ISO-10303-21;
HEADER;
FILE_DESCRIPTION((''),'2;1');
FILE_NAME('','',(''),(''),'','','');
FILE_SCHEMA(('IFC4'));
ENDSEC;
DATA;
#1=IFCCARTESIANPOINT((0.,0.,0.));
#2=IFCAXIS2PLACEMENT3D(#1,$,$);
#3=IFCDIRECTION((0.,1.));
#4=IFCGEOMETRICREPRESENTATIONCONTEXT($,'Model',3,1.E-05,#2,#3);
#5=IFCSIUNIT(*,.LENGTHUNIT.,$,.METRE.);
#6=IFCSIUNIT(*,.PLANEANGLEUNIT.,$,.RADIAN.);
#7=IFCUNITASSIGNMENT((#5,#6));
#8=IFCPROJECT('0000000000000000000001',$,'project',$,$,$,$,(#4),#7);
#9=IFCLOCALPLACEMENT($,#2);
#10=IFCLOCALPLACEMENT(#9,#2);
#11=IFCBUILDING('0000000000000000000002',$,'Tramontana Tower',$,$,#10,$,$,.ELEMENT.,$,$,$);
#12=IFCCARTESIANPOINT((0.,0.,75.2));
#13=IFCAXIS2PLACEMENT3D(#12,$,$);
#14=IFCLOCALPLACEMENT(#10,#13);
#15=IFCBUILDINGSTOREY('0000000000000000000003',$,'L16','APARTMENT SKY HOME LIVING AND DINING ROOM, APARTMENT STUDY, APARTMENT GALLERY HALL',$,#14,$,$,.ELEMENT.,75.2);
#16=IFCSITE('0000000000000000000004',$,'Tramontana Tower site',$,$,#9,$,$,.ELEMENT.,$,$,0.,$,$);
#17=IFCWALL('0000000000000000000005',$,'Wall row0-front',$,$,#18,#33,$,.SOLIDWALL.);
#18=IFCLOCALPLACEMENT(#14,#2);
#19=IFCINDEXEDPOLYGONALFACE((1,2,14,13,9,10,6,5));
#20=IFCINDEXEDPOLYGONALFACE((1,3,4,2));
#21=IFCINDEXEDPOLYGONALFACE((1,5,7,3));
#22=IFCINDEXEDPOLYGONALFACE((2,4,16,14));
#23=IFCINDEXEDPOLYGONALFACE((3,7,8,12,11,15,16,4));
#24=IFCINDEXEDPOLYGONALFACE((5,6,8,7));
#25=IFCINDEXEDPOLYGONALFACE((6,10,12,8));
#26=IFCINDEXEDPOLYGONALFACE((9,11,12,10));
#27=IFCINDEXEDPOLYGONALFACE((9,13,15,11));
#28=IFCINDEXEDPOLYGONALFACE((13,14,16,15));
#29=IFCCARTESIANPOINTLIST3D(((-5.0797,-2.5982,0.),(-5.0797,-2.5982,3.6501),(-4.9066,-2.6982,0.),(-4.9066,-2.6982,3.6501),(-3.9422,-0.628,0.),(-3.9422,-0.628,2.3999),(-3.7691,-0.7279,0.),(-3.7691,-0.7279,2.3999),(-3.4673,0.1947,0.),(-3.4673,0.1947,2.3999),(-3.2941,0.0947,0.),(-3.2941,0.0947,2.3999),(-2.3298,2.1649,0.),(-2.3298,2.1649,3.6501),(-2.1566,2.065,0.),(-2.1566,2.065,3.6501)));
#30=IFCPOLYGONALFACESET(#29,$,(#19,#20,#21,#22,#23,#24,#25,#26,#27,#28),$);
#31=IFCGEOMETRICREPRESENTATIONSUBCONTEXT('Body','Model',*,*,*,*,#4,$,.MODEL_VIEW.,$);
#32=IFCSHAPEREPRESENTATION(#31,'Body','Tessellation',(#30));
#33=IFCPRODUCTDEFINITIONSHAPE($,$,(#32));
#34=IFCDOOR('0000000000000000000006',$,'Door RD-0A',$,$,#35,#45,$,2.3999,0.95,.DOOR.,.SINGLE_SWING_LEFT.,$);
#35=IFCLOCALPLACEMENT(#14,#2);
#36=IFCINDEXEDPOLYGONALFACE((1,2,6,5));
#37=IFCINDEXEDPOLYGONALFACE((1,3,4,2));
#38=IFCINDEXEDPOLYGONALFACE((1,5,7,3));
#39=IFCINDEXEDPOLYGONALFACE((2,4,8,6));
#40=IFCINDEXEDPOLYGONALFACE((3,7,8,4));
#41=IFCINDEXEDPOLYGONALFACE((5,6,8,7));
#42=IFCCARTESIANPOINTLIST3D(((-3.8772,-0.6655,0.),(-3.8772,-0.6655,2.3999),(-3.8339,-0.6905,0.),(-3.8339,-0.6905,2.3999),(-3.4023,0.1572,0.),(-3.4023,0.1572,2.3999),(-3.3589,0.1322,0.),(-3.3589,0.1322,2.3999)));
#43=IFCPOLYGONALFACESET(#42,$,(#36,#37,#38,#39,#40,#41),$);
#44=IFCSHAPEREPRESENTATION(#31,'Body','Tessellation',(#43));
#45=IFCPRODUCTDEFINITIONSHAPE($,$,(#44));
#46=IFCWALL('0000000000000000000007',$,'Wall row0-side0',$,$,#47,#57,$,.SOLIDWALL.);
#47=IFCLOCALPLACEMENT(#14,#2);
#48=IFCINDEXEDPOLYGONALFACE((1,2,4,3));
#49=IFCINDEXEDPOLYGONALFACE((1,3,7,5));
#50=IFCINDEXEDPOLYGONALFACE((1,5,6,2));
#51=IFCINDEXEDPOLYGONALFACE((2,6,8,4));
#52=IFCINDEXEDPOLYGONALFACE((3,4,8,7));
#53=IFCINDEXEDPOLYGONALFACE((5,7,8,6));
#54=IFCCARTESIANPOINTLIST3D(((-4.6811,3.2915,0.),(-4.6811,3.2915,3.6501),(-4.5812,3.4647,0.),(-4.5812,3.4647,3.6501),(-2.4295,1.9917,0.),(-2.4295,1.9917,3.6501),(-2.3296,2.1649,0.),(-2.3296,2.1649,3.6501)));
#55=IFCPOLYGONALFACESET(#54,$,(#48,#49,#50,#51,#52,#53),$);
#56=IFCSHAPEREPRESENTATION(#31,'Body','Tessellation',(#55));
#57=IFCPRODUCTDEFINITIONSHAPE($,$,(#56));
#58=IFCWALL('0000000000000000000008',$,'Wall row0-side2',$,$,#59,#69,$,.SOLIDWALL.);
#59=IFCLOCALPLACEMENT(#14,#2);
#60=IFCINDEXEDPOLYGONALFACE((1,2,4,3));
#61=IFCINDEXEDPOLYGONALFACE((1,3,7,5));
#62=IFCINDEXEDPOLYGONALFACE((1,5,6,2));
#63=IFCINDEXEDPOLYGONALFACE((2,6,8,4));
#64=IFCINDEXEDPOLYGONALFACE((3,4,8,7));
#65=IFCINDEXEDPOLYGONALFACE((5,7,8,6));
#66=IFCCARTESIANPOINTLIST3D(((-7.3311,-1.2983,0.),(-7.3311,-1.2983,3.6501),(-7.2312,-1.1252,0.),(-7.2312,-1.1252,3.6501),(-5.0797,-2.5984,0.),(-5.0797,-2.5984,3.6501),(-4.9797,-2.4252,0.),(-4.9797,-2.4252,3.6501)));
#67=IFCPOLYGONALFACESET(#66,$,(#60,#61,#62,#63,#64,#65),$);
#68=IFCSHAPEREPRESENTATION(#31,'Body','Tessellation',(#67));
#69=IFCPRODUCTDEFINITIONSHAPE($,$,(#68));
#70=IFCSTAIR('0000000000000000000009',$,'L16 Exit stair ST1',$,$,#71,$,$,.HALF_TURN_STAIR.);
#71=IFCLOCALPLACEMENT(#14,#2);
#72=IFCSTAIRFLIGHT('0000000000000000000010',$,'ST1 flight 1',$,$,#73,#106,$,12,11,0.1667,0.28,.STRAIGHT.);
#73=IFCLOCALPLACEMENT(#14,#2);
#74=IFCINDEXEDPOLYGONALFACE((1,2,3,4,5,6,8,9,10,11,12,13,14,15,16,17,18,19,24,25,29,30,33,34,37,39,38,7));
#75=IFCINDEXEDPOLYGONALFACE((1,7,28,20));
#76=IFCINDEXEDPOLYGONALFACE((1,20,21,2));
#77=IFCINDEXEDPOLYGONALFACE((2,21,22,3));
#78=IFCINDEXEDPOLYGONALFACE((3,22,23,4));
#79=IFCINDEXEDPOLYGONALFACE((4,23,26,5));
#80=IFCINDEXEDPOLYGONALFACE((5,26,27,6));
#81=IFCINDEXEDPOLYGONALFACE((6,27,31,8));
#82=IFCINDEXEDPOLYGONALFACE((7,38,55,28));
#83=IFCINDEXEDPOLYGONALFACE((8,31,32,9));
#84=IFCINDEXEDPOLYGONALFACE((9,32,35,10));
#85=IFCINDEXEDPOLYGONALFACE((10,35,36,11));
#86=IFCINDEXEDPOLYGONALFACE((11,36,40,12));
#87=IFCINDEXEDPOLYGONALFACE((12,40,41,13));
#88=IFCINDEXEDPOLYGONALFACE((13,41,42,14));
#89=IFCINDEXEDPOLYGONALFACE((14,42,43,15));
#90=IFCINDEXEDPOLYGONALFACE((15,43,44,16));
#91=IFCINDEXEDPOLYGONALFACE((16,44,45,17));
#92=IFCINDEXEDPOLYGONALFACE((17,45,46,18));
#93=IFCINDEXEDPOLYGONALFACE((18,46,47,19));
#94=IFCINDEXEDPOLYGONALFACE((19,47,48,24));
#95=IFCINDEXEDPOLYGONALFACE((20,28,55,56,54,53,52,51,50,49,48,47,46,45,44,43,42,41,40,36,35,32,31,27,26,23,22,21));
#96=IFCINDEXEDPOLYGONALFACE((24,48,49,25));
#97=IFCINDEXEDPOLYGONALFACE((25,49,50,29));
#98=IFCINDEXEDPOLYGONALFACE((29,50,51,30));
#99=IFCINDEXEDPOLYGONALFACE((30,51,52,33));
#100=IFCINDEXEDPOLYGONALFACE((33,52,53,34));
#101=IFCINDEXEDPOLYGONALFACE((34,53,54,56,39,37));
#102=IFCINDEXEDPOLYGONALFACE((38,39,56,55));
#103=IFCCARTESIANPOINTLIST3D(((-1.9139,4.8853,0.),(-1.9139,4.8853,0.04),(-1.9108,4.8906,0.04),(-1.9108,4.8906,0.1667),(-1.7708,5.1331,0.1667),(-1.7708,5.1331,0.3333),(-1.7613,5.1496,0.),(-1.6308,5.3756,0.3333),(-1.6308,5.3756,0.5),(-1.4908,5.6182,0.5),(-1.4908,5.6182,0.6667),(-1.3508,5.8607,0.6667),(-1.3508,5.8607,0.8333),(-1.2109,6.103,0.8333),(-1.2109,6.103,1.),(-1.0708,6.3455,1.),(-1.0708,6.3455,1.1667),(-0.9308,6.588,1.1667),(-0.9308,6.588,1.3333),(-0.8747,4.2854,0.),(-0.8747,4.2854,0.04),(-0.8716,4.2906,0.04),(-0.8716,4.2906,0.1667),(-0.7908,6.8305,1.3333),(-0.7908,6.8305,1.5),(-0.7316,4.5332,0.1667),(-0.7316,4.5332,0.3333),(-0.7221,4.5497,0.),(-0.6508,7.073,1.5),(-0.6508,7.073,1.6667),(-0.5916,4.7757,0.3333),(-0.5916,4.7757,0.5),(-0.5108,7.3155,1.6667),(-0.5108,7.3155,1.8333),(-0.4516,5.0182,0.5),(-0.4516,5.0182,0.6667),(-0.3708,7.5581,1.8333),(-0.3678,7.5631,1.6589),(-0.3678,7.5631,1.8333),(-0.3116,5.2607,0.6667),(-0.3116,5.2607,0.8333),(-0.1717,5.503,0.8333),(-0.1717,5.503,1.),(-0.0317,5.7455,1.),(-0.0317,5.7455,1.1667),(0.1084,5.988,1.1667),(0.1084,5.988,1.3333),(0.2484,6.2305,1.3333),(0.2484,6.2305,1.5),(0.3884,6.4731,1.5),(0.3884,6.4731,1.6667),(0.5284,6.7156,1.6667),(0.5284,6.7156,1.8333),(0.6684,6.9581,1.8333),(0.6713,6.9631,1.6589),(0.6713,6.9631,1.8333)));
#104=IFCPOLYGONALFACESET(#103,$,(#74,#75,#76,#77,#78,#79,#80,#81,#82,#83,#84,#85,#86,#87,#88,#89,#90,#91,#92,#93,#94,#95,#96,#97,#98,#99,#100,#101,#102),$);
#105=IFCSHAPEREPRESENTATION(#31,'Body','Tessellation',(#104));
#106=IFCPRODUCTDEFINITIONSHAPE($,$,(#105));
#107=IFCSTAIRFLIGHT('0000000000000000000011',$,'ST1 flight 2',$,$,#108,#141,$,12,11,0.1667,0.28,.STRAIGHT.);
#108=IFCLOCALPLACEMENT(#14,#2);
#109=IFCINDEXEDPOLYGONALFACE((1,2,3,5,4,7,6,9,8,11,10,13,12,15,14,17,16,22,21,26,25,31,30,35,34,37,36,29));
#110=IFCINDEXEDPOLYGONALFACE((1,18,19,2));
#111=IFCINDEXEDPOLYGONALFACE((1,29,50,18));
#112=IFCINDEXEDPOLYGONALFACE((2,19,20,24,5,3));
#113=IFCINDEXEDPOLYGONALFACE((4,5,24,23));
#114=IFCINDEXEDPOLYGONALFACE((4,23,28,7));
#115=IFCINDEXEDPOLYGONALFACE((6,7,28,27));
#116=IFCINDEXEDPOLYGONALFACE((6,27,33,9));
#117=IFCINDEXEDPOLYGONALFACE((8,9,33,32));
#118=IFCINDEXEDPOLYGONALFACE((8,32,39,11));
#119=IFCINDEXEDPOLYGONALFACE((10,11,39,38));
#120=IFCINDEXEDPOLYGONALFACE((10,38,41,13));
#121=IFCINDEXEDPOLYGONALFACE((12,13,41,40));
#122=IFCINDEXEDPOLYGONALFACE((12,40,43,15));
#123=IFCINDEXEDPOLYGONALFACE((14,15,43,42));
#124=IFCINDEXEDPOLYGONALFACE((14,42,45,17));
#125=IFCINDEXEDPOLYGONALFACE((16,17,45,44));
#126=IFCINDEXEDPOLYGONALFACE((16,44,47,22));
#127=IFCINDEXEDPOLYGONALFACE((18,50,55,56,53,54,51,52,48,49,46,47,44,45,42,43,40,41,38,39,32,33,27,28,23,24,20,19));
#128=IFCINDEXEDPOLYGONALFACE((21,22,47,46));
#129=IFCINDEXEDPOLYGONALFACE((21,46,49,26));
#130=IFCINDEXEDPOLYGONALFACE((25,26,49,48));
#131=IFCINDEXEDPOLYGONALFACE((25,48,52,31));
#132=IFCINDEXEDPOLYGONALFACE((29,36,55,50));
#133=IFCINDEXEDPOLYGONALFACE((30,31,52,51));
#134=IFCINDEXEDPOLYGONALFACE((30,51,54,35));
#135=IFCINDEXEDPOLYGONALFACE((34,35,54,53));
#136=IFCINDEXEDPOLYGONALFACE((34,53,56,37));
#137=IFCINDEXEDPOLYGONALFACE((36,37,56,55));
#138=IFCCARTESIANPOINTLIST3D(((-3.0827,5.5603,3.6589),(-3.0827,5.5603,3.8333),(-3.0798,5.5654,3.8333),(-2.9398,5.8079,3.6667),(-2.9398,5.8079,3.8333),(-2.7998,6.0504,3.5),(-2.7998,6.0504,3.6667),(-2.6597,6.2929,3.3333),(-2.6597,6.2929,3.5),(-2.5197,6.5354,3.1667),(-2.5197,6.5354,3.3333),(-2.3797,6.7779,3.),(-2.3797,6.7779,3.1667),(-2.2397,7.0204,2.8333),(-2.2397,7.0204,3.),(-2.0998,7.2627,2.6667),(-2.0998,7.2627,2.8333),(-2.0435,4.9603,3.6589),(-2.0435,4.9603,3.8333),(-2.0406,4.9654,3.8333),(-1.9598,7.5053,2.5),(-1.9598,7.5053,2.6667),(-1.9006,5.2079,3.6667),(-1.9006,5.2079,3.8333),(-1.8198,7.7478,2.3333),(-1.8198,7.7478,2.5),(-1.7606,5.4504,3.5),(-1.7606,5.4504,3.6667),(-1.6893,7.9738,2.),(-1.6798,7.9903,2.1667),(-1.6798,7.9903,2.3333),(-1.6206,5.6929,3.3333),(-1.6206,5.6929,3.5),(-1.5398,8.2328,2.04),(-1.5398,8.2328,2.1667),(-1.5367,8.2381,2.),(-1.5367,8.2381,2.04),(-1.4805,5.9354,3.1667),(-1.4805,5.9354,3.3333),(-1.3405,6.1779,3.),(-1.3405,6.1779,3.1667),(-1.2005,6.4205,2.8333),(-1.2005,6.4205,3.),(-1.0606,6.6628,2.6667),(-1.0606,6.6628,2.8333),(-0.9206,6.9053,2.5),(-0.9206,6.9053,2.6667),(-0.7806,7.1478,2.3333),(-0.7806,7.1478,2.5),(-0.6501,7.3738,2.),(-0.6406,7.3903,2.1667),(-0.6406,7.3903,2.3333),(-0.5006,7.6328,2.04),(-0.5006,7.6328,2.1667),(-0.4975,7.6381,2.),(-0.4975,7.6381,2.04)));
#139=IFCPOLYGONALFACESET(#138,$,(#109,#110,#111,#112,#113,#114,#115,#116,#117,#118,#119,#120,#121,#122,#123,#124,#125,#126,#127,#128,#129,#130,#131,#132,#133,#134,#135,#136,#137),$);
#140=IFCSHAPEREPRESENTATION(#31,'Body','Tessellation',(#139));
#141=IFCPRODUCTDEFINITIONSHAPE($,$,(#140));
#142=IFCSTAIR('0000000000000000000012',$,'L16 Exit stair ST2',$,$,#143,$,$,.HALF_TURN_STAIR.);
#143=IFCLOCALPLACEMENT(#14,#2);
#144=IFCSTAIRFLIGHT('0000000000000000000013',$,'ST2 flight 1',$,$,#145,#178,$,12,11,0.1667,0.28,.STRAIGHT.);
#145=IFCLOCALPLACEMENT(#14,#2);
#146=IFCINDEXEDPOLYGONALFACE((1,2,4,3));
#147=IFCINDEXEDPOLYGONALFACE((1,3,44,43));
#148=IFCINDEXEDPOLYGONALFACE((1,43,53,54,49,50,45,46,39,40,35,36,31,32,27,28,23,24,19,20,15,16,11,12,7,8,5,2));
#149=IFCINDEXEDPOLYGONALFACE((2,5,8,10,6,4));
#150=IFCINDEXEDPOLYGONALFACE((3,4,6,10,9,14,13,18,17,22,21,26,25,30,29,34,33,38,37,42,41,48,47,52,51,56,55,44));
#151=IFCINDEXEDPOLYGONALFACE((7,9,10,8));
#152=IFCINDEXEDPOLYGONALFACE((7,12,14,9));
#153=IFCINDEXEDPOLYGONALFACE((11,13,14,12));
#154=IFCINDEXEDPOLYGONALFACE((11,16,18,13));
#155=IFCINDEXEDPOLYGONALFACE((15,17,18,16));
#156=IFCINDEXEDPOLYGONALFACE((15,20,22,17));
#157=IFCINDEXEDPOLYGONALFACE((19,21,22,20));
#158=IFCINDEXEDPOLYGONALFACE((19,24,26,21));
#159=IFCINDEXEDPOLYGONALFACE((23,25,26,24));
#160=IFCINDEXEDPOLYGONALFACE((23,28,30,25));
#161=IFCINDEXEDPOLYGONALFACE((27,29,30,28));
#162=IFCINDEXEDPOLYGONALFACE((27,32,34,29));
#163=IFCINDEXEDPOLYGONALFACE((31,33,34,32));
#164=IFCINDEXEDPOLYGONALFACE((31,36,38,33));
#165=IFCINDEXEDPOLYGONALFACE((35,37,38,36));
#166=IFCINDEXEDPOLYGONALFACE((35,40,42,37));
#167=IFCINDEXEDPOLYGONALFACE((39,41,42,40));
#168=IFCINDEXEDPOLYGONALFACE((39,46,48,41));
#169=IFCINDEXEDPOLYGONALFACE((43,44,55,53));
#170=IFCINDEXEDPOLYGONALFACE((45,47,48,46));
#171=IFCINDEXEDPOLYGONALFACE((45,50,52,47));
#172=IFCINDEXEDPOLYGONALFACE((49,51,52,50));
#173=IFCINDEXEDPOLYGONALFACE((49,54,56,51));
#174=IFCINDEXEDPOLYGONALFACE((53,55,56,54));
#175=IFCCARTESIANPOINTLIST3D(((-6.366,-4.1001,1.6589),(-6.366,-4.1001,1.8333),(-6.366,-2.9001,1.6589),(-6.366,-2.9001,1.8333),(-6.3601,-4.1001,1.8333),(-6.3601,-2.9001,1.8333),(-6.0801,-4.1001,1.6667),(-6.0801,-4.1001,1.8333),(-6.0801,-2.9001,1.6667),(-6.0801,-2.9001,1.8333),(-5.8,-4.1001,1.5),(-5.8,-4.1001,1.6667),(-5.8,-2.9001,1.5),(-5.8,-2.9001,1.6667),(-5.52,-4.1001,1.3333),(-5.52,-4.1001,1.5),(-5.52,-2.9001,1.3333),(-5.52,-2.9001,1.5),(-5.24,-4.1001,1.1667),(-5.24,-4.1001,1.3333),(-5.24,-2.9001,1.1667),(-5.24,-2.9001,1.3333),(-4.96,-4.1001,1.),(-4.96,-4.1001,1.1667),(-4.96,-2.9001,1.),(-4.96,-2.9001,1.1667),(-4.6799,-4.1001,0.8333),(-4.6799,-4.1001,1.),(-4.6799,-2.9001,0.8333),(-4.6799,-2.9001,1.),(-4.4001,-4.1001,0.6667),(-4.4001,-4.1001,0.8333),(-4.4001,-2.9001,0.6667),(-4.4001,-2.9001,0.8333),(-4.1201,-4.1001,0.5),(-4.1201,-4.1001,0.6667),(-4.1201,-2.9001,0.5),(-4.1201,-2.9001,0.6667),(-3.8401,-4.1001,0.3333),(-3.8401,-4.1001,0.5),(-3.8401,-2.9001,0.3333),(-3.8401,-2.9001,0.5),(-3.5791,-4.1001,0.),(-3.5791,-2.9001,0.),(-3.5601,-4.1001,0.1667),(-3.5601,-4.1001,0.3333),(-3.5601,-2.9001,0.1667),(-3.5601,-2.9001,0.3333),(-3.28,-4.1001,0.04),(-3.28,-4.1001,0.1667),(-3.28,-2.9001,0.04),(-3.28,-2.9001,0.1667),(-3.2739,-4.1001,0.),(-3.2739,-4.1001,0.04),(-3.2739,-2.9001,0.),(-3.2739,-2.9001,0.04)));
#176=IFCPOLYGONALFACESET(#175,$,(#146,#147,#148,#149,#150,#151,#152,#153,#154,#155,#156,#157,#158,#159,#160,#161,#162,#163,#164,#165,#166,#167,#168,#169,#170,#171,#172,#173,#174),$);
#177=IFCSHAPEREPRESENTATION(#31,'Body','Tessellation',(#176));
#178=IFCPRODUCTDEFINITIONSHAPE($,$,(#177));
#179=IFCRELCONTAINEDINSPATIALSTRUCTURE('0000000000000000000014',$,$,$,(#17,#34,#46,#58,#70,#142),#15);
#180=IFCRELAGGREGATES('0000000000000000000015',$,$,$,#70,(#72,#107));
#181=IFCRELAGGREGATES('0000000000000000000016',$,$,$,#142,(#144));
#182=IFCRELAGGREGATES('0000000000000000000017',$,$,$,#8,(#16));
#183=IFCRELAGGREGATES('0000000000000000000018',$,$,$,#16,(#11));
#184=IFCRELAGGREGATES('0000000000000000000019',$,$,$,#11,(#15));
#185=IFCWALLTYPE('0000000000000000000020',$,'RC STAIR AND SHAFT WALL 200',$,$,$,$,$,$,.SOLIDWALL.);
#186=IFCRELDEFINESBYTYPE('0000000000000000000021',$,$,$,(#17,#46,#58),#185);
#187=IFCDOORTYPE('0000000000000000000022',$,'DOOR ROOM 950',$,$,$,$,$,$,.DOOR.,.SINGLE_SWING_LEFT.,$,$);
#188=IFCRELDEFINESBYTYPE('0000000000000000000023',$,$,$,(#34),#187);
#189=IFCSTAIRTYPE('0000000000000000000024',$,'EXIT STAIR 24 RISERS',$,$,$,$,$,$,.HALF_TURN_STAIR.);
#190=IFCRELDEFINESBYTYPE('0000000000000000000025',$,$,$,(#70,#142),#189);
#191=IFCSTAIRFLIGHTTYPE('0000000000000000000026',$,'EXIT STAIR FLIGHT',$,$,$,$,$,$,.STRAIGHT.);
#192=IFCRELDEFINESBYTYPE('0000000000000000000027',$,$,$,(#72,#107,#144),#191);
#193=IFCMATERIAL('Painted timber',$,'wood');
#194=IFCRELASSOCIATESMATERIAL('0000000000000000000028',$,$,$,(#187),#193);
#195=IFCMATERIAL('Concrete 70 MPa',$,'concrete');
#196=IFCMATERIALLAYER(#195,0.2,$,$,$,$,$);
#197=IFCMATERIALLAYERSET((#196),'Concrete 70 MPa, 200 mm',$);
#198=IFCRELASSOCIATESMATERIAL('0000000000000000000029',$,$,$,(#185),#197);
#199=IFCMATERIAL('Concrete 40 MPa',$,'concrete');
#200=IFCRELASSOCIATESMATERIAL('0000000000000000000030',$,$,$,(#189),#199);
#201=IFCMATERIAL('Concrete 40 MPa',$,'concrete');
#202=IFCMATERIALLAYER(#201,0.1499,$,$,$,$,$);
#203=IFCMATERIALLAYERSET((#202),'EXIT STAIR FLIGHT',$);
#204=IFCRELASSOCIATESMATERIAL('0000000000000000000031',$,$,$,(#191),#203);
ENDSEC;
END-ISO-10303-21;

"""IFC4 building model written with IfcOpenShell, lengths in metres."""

from ifc_helpers import new_model, si_unit, direction, frame, frame_2d, origin, place, context, subcontext, project, spatial, polyline, rectangle, outline, extrude, material, layer, layer_set, type_object, element, fill, aggregate, save


model = new_model("IFC4")

# Units and contexts
model_context = context("Model", 3, precision=1e-05, world=origin(), true_north=direction((0.0, 1.0)))
body_context = subcontext(model_context, "Body", "Model", "MODEL_VIEW")
ifc_project = project(units=[si_unit("LENGTHUNIT", "METRE"), si_unit("PLANEANGLEUNIT", "RADIAN")], contexts=[model_context])

# Site, building, storey
site_placement = place(None, origin())
site = spatial("IfcSite", under=ifc_project, at=site_placement, Name="Tramontana Tower site", CompositionType="ELEMENT", RefElevation=0.0)
building_placement = place(site_placement, origin())
building = spatial("IfcBuilding", under=site, at=building_placement, Name="Tramontana Tower", CompositionType="ELEMENT")
storey_placement = place(building_placement, frame((0.0, 0.0, 75.2)))
storey = spatial("IfcBuildingStorey", under=building, at=storey_placement, Name="L16", Description="APARTMENT SKY HOME LIVING AND DINING ROOM, APARTMENT STUDY, APARTMENT GALLERY HALL", CompositionType="ELEMENT", Elevation=75.2)

# Shared definitions
ifc_material_1 = material(Name="Painted timber", Category="wood")
door_type_1 = type_object("IfcDoorType", Name="DOOR ROOM 950", OperationType="SINGLE_SWING_LEFT", PredefinedType="DOOR", material=ifc_material_1)

# Shared definitions
ifc_material_2 = material(Name="Concrete 70 MPa", Category="concrete")
ifc_layer_1 = layer(ifc_material_2, 0.2)
ifc_layer_set_1 = layer_set([ifc_layer_1], Name="Concrete 70 MPa, 200 mm")
wall_type_1 = type_object("IfcWallType", Name="RC STAIR AND SHAFT WALL 200", PredefinedType="SOLIDWALL", material=ifc_layer_set_1)

# Wall, opening, door
wall_1_placement = place(storey_placement, frame((-4.9932, -2.6482, 0.0), z_axis=(0.0, 0.0, 1.0), x_axis=(0.499997, 0.866027, 0.0)))
wall_1 = element("IfcWall", 1, at=wall_1_placement, inside=storey, type_object=wall_type_1, Name="Wall row0-front", PredefinedType="SOLIDWALL", context=body_context, shape_type="SweptSolid", body=[
    extrude(rectangle(XDim=5.5, YDim=0.2, at=frame_2d((2.75, 0.0))), origin(), (0.0, 0.0, 1.0), 3.6501),
])
opening_1_placement = place(wall_1_placement, frame((2.2749, 0.0, 0.0)))
opening_1 = element("IfcOpeningElement", 2, at=opening_1_placement, cuts=wall_1, PredefinedType="OPENING", context=body_context, shape_type="SweptSolid", body=[
    extrude(rectangle(XDim=0.95, YDim=2.3999, at=frame_2d((0.4751, 1.2))), frame((0.0, 0.1099, 0.0), z_axis=(0.0, -1.0, 0.0), x_axis=(1.0, 0.0, 0.0)), (0.0, 0.0, 1.0), 0.22),
])
door_1_placement = place(opening_1_placement, origin())
door_1 = element("IfcDoor", 3, at=door_1_placement, inside=storey, type_object=door_type_1, Name="Door RD-0A", OperationType="SINGLE_SWING_LEFT", OverallHeight=2.3999, OverallWidth=0.95, PredefinedType="DOOR", context=body_context, shape_type="SweptSolid", body=[
    extrude(rectangle(XDim=0.95, YDim=2.3999, at=frame_2d((0.4751, 1.2))), frame((0.0, 0.0249, 0.0), z_axis=(0.0, -1.0, 0.0), x_axis=(1.0, 0.0, 0.0)), (0.0, 0.0, 1.0), 0.05),
])
fill(opening_1, door_1)

# Walls
for number, where, z_axis, x_axis, name in (
    (4, (-2.3796, 2.0784, 0.0), (0.0, 0.0, 1.0), (-0.866062, 0.499937, 0.0), "Wall row0-side0"),
    (5, (-5.0298, -2.5117, 0.0), (0.0, 0.0, 1.0), (-0.865998, 0.500048, 0.0), "Wall row0-side2"),
):
    element("IfcWall", number, at=place(storey_placement, frame(where, z_axis=z_axis, x_axis=x_axis)), inside=storey, type_object=wall_type_1, Name=name, PredefinedType="SOLIDWALL", context=body_context, shape_type="SweptSolid", body=[
        extrude(rectangle(XDim=2.5999, YDim=0.2, at=frame_2d((1.2998, 0.0))), origin(), (0.0, 0.0, 1.0), 3.6501),
    ])

# Stair, stair flights
ifc_material_3 = material(Name="Concrete 40 MPa", Category="concrete")
stair_type = type_object("IfcStairType", Name="EXIT STAIR 24 RISERS", PredefinedType="HALF_TURN_STAIR", material=ifc_material_3)
stair_1_placement = place(storey_placement, origin())
stair_1 = element("IfcStair", 6, at=stair_1_placement, inside=storey, type_object=stair_type, Name="L16 Exit stair ST1", PredefinedType="HALF_TURN_STAIR")
ifc_material_4 = material(Name="Concrete 40 MPa", Category="concrete")
ifc_layer_2 = layer(ifc_material_4, 0.1499)
ifc_layer_set_2 = layer_set([ifc_layer_2], Name="EXIT STAIR FLIGHT")
stair_flight_type = type_object("IfcStairFlightType", Name="EXIT STAIR FLIGHT", PredefinedType="STRAIGHT", material=ifc_layer_set_2)
stair_flight_1_placement = place(storey_placement, frame((-1.3911, 4.5906, 0.0), z_axis=(0.0, 0.0, 1.0), x_axis=(0.5, 0.866025, 0.0)))
stair_flight_1 = element("IfcStairFlight", 7, at=stair_flight_1_placement, type_object=stair_flight_type, Name="ST1 flight 1", NumberOfRisers=12, NumberOfTreads=11, PredefinedType="STRAIGHT", RiserHeight=0.1667, TreadLength=0.28, context=body_context, shape_type="SweptSolid", body=[
    extrude(outline(polyline([(-0.0061, 0.0), (-0.0061, 0.04), (0.0, 0.04), (0.0, 0.1667), (0.28, 0.1667), (0.28, 0.3333), (0.5601, 0.3333), (0.5601, 0.5), (0.8401, 0.5), (0.8401, 0.6667), (1.1201, 0.6667), (1.1201, 0.8333), (1.3999, 0.8333), (1.3999, 1.0), (1.6799, 1.0), (1.6799, 1.1667), (1.96, 1.1667), (1.96, 1.3333), (2.24, 1.3333), (2.24, 1.5), (2.52, 1.5), (2.52, 1.6667), (2.8, 1.6667), (2.8, 1.8333), (3.0801, 1.8333), (3.0859, 1.8333), (3.0859, 1.6589), (0.2991, 0.0), (-0.0061, 0.0)])), frame((0.0, 0.6001, 0.0), z_axis=(0.0, -1.0, 0.0), x_axis=(1.0, 0.0, 0.0)), (0.0, 0.0, 1.0), 1.2),
])
stair_flight_2_placement = place(storey_placement, frame((-1.0203, 7.9329, 2.0), z_axis=(0.0, 0.0, 1.0), x_axis=(-0.5, -0.866025, 0.0)))
stair_flight_2 = element("IfcStairFlight", 8, at=stair_flight_2_placement, type_object=stair_flight_type, Name="ST1 flight 2", NumberOfRisers=12, NumberOfTreads=11, PredefinedType="STRAIGHT", RiserHeight=0.1667, TreadLength=0.28, context=body_context, shape_type="SweptSolid", body=[
    extrude(outline(polyline([(-0.0061, 0.0), (-0.0061, 0.04), (0.0, 0.04), (0.0, 0.1667), (0.28, 0.1667), (0.28, 0.3333), (0.5601, 0.3333), (0.5601, 0.5), (0.8401, 0.5), (0.8401, 0.6667), (1.1201, 0.6667), (1.1201, 0.8333), (1.3999, 0.8333), (1.3999, 1.0), (1.6799, 1.0), (1.6799, 1.1667), (1.96, 1.1667), (1.96, 1.3333), (2.24, 1.3333), (2.24, 1.5), (2.52, 1.5), (2.52, 1.6667), (2.8, 1.6667), (2.8, 1.8333), (3.0801, 1.8333), (3.0859, 1.8333), (3.0859, 1.6589), (0.2991, 0.0), (-0.0061, 0.0)])), frame((0.0, 0.6001, 0.0), z_axis=(0.0, -1.0, 0.0), x_axis=(1.0, 0.0, 0.0)), (0.0, 0.0, 1.0), 1.2),
])
aggregate(stair_1, [stair_flight_1, stair_flight_2])

# Stair, stair flight
stair_2_placement = place(storey_placement, origin())
stair_2 = element("IfcStair", 9, at=stair_2_placement, inside=storey, type_object=stair_type, Name="L16 Exit stair ST2", PredefinedType="HALF_TURN_STAIR")
stair_flight_3_placement = place(storey_placement, frame((-3.28, -3.5, 0.0), z_axis=(0.0, 0.0, 1.0), x_axis=(-1.0, 0.0, 0.0)))
stair_flight_3 = element("IfcStairFlight", 10, at=stair_flight_3_placement, type_object=stair_flight_type, Name="ST2 flight 1", NumberOfRisers=12, NumberOfTreads=11, PredefinedType="STRAIGHT", RiserHeight=0.1667, TreadLength=0.28, context=body_context, shape_type="SweptSolid", body=[
    extrude(outline(polyline([(-0.0061, 0.0), (-0.0061, 0.04), (0.0, 0.04), (0.0, 0.1667), (0.28, 0.1667), (0.28, 0.3333), (0.5601, 0.3333), (0.5601, 0.5), (0.8401, 0.5), (0.8401, 0.6667), (1.1201, 0.6667), (1.1201, 0.8333), (1.3999, 0.8333), (1.3999, 1.0), (1.6799, 1.0), (1.6799, 1.1667), (1.96, 1.1667), (1.96, 1.3333), (2.24, 1.3333), (2.24, 1.5), (2.52, 1.5), (2.52, 1.6667), (2.8, 1.6667), (2.8, 1.8333), (3.0801, 1.8333), (3.0859, 1.8333), (3.0859, 1.6589), (0.2991, 0.0), (-0.0061, 0.0)])), frame((0.0, 0.6001, 0.0), z_axis=(0.0, -1.0, 0.0), x_axis=(1.0, 0.0, 0.0)), (0.0, 0.0, 1.0), 1.2),
])
aggregate(stair_2, [stair_flight_3])

save(model, "model.ifc")
